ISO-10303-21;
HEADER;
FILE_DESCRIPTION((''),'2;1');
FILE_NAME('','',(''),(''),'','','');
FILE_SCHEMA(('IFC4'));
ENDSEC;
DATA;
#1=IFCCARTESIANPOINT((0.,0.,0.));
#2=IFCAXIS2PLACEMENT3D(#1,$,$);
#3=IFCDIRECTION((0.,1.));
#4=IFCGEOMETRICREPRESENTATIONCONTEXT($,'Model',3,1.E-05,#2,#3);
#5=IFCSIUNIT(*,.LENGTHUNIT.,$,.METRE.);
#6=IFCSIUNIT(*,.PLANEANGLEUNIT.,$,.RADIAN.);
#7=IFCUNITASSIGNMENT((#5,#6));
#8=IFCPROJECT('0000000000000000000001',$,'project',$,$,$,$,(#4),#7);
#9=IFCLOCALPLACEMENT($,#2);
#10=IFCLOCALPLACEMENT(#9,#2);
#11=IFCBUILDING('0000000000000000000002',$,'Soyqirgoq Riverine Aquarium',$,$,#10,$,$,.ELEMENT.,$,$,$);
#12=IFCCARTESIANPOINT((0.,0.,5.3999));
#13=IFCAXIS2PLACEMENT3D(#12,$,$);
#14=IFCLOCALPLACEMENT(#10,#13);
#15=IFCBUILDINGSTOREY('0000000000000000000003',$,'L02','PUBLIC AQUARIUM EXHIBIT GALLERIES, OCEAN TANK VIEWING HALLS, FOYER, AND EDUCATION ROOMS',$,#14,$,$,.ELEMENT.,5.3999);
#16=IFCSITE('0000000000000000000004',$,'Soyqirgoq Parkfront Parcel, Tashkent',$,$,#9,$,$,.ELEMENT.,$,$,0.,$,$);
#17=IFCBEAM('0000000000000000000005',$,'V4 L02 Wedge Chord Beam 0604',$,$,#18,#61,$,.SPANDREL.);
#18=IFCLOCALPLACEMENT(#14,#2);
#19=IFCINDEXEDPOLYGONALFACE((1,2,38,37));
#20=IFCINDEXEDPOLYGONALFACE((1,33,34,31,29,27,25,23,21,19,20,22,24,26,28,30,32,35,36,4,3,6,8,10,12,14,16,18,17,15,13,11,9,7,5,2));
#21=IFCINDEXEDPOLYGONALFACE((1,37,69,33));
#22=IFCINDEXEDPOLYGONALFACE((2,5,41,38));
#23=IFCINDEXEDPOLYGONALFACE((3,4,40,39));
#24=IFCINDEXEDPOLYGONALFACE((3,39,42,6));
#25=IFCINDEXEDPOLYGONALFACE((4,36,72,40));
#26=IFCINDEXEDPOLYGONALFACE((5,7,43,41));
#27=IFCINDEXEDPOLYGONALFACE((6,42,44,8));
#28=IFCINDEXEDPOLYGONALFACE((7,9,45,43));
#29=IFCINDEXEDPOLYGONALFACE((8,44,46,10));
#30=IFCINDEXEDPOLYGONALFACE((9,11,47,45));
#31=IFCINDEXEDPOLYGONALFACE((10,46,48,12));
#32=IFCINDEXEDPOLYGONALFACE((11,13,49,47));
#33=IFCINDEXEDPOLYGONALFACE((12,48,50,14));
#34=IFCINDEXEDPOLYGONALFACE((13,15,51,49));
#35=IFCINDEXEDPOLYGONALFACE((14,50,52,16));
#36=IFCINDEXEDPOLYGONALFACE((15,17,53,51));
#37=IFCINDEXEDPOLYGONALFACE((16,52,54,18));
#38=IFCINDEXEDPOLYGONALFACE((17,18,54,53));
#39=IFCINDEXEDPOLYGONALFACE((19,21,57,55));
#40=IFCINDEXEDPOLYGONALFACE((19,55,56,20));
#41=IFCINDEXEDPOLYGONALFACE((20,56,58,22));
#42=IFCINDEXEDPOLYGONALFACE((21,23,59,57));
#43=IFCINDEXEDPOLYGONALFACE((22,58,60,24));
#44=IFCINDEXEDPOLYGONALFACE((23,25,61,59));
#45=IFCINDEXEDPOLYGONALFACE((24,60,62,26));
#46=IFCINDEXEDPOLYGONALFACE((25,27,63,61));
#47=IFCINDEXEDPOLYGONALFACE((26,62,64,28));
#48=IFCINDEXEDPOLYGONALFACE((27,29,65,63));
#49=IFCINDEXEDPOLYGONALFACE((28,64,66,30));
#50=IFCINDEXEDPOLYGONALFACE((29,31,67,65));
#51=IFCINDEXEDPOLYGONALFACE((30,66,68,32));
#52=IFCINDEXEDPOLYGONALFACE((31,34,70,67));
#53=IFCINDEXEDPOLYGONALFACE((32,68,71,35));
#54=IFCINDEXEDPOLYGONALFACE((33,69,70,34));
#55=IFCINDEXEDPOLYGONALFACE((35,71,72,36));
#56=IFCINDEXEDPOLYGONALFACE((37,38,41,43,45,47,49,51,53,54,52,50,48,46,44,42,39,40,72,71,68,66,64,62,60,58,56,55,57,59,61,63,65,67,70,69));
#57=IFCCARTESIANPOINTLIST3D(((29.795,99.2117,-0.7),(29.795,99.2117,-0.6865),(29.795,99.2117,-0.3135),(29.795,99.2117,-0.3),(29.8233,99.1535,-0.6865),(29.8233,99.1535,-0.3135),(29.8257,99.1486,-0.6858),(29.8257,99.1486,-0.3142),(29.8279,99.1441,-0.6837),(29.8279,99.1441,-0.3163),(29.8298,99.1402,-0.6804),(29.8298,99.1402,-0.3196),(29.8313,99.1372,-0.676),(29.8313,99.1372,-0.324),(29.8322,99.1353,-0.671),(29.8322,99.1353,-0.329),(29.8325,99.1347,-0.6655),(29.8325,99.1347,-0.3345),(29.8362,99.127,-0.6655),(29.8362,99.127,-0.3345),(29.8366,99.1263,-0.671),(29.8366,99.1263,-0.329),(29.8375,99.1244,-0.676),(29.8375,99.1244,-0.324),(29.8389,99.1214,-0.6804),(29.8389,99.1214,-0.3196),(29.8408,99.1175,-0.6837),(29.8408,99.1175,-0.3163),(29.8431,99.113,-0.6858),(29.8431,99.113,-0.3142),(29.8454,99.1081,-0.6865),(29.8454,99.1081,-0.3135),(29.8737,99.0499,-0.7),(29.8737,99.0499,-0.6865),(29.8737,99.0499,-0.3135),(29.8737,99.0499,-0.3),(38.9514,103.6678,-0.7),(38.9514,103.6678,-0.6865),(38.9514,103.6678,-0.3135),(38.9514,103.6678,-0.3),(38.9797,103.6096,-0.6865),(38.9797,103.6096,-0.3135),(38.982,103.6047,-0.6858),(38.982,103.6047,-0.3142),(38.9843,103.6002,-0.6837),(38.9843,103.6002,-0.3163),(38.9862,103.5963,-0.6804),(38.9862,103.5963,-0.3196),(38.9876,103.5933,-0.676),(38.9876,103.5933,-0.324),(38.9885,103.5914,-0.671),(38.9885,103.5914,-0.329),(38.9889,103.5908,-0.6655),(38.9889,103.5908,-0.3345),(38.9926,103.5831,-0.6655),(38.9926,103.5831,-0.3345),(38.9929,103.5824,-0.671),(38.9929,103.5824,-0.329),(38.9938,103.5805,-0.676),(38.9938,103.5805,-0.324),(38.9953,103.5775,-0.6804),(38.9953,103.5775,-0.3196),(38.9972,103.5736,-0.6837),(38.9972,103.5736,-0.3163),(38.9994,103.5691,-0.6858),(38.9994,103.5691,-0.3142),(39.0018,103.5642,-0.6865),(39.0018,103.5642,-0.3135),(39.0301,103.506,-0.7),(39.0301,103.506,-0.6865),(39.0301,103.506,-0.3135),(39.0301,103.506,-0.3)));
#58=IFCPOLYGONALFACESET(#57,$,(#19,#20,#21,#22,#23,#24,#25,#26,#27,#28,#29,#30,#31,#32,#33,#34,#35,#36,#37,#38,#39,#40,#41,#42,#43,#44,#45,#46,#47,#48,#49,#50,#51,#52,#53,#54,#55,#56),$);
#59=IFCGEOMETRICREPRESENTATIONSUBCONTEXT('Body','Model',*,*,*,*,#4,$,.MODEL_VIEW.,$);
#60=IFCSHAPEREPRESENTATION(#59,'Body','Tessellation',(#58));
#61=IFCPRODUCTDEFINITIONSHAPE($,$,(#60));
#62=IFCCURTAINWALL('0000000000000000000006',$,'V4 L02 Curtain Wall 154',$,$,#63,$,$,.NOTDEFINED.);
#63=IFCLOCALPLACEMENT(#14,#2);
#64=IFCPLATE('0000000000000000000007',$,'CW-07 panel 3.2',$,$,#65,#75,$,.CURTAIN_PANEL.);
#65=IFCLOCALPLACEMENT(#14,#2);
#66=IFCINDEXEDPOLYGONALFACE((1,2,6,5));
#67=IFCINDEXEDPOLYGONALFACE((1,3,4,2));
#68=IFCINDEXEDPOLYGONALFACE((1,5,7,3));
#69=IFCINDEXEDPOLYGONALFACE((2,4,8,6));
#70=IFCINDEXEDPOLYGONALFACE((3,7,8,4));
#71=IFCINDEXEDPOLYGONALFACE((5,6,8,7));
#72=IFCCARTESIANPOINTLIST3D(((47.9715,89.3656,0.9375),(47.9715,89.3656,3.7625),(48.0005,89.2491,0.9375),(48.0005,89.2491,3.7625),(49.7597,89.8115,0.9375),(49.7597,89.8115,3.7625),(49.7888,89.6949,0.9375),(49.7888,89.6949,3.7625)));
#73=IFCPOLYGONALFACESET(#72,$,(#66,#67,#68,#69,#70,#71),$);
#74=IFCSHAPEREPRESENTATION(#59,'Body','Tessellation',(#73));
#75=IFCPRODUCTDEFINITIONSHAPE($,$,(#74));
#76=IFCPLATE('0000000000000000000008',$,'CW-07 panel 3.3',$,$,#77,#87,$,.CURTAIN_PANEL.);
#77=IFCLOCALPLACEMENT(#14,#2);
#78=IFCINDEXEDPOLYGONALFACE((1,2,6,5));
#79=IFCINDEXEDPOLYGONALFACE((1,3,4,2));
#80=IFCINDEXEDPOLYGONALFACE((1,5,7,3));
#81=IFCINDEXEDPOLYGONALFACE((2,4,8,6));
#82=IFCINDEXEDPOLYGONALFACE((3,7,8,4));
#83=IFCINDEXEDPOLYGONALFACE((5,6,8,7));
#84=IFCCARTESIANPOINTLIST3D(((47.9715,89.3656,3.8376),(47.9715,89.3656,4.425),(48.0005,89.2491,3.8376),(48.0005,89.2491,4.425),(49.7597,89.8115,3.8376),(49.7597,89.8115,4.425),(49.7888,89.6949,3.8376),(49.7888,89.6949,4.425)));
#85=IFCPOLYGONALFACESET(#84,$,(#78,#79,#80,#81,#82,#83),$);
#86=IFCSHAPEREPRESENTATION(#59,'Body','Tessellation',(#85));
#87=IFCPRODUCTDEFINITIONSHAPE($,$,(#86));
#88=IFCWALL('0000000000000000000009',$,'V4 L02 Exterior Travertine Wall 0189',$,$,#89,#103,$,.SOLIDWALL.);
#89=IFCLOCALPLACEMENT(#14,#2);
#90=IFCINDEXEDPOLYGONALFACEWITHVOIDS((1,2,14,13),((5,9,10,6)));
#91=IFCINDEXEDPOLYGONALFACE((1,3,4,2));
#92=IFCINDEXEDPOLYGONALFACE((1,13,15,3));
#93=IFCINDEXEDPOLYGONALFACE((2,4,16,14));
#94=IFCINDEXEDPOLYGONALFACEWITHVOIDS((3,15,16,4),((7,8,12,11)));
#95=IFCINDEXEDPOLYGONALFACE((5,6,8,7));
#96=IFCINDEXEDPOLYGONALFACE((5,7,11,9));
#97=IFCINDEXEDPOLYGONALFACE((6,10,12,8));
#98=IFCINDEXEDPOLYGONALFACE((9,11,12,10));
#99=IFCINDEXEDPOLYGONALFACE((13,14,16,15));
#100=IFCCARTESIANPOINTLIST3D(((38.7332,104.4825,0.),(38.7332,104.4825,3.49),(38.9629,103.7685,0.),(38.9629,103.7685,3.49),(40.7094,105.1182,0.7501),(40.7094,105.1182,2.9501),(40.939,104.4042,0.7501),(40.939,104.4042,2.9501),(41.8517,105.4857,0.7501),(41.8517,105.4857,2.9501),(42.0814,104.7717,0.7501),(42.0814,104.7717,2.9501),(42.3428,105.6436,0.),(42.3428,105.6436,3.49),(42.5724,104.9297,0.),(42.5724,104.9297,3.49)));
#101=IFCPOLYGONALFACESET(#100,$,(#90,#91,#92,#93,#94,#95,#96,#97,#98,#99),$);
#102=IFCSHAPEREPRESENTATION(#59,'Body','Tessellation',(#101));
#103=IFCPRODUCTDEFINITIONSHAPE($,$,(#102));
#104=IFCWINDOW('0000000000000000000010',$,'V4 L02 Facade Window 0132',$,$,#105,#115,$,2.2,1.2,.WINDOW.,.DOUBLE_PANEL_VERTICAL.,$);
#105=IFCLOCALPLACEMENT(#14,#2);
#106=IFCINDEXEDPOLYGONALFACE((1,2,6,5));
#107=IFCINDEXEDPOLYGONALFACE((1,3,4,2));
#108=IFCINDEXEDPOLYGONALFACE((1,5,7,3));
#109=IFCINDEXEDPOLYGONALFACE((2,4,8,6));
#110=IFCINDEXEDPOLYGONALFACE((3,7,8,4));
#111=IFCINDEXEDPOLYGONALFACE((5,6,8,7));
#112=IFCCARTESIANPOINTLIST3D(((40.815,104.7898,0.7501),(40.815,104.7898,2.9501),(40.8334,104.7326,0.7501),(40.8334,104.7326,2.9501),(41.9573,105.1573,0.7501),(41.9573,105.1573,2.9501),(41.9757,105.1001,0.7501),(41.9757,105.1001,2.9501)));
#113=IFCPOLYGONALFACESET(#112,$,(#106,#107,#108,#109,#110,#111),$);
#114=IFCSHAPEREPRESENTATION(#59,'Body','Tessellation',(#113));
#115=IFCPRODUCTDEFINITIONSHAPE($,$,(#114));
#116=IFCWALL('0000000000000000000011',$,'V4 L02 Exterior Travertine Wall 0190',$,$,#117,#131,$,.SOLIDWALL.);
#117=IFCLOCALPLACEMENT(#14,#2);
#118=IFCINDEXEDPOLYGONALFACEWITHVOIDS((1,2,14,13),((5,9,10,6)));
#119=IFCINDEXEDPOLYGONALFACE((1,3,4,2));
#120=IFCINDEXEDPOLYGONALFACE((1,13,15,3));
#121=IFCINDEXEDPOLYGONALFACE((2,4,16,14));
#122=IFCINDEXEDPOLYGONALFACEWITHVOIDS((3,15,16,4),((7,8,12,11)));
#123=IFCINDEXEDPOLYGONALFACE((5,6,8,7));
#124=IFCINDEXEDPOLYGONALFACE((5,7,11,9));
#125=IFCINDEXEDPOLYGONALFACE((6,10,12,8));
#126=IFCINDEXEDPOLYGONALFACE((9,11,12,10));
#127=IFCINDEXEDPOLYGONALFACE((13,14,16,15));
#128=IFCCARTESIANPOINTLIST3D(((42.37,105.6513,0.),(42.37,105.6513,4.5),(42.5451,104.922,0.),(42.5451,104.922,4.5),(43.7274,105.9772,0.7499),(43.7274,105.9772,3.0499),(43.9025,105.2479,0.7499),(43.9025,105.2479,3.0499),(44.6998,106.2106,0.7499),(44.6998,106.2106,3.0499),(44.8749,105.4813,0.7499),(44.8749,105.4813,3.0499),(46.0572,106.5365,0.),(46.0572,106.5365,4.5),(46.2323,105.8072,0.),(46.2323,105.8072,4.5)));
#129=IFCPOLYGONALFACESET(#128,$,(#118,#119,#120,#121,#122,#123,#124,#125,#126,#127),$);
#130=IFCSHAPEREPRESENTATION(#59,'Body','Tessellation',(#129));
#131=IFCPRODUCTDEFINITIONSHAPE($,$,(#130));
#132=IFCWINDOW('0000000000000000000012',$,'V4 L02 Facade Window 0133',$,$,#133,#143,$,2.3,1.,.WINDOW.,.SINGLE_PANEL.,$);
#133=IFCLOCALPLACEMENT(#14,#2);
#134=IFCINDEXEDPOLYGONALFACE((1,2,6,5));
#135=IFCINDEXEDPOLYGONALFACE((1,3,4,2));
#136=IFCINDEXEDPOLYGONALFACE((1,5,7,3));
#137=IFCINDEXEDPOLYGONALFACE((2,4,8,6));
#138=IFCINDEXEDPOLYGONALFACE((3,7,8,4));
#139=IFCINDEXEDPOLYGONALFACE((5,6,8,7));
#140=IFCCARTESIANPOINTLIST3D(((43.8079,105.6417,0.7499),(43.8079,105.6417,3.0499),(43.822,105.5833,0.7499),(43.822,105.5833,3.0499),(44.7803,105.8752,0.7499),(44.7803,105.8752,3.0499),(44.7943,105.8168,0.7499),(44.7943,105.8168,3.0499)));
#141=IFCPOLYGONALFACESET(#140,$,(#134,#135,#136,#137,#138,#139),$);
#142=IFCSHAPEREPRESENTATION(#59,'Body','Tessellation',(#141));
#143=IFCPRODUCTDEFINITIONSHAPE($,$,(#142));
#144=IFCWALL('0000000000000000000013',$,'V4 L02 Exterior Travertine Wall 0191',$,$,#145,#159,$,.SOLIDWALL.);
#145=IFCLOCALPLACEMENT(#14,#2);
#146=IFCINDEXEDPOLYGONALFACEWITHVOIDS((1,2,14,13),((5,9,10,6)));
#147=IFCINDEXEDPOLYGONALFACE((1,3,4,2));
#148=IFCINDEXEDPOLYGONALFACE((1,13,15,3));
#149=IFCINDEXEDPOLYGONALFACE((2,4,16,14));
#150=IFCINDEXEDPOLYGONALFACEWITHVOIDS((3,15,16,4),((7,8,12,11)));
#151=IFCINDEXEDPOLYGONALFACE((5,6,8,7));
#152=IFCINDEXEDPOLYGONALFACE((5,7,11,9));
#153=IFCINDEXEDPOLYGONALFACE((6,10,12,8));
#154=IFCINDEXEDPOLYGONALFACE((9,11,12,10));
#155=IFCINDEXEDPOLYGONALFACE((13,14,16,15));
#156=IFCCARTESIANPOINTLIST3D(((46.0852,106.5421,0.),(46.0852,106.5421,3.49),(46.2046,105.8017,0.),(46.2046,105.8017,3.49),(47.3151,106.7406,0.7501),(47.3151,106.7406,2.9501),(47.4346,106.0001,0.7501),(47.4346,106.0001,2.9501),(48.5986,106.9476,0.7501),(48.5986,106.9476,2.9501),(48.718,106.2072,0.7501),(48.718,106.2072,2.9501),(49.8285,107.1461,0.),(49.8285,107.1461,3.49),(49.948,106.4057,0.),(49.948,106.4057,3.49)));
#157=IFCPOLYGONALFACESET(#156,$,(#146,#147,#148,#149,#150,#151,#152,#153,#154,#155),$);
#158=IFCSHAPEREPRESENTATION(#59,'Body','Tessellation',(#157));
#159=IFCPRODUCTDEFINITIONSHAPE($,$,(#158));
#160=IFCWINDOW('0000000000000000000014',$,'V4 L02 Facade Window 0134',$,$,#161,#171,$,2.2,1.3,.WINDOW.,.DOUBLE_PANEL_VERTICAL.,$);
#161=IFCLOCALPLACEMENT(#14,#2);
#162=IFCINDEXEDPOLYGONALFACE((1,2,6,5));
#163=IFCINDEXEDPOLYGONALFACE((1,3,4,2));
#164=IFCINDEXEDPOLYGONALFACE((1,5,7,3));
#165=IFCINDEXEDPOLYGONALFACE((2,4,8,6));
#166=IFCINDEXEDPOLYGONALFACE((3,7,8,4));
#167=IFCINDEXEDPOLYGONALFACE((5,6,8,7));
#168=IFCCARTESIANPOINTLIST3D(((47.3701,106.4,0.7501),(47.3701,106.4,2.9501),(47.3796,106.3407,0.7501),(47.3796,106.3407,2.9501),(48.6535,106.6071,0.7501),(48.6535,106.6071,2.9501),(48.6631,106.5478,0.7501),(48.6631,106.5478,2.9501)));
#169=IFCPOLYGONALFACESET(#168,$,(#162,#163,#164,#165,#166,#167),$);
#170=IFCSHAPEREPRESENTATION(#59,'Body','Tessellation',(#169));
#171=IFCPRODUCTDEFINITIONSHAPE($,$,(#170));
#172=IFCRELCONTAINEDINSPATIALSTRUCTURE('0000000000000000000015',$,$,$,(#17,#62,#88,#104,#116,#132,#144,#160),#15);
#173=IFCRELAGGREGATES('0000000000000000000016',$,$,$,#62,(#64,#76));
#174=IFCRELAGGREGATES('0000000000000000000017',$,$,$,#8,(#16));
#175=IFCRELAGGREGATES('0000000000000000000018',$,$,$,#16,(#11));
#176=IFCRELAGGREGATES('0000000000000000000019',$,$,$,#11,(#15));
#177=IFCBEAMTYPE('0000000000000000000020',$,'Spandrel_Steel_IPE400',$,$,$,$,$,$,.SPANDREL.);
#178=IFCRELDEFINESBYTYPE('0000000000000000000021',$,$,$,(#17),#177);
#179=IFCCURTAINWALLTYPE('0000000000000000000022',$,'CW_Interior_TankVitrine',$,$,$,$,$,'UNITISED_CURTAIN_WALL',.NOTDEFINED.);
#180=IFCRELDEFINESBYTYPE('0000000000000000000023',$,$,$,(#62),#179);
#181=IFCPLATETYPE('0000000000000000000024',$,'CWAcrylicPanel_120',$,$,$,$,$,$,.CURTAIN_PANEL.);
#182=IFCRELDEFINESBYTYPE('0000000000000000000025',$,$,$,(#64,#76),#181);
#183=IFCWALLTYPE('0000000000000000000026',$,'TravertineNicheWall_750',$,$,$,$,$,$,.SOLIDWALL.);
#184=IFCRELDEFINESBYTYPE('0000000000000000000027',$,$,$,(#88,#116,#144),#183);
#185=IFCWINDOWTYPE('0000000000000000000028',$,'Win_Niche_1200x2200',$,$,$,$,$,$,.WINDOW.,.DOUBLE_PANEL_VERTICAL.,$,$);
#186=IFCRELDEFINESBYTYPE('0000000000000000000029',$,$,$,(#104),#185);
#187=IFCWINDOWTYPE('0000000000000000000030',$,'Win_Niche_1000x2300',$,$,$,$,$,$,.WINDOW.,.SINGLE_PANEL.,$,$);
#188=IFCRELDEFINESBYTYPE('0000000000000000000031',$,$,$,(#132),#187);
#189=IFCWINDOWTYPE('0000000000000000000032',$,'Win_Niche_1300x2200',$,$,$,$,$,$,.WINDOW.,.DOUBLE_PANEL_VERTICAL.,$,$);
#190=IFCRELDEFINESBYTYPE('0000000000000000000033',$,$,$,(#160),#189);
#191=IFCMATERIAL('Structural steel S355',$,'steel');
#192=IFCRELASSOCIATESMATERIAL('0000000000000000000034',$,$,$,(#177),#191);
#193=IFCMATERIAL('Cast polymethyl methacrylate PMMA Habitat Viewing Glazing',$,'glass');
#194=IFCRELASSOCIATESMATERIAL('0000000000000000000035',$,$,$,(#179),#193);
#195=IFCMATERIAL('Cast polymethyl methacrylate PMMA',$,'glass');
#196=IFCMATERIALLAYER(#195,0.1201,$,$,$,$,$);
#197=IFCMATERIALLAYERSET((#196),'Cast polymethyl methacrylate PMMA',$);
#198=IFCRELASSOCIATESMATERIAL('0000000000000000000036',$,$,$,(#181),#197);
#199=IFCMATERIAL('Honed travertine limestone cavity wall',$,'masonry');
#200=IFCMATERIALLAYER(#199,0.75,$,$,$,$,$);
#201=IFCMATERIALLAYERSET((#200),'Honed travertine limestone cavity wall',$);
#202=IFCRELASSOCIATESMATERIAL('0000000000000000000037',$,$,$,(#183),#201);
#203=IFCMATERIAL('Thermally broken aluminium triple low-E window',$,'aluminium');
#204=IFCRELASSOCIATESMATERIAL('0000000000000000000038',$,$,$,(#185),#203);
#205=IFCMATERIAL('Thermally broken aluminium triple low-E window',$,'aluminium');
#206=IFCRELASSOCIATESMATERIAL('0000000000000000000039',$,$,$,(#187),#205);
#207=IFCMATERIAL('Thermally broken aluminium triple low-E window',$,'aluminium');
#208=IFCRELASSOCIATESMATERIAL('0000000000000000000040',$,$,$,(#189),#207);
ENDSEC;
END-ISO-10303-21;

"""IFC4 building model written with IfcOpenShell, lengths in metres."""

from ifc_helpers import new_model, si_unit, direction, frame, frame_2d, origin, origin_2d, place, context, subcontext, project, spatial, rectangle, i_section, extrude, material, layer, layer_set, material_profile, profile_set, type_object, element, fill, aggregate, save


model = new_model("IFC4")

# Units and contexts
model_context = context("Model", 3, precision=1e-05, world=origin(), true_north=direction((0.0, 1.0)))
body_context = subcontext(model_context, "Body", "Model", "MODEL_VIEW")
ifc_project = project(units=[si_unit("LENGTHUNIT", "METRE"), si_unit("PLANEANGLEUNIT", "RADIAN")], contexts=[model_context])

# Site, building, storey
site_placement = place(None, origin())
site = spatial("IfcSite", under=ifc_project, at=site_placement, Name="Soyqirgoq Parkfront Parcel, Tashkent", CompositionType="ELEMENT", RefElevation=0.0)
building_placement = place(site_placement, origin())
building = spatial("IfcBuilding", under=site, at=building_placement, Name="Soyqirgoq Riverine Aquarium", CompositionType="ELEMENT")
storey_placement = place(building_placement, frame((0.0, 0.0, 5.3999)))
storey = spatial("IfcBuildingStorey", under=building, at=storey_placement, Name="L02", Description="PUBLIC AQUARIUM EXHIBIT GALLERIES, OCEAN TANK VIEWING HALLS, FOYER, AND EDUCATION ROOMS", CompositionType="ELEMENT", Elevation=5.3999)

# Beam
ifc_material_1 = material(Name="Structural steel S355", Category="steel")
ifc_material_profile_1 = material_profile(ifc_material_1, i_section(OverallWidth=0.1799, OverallDepth=0.3999, WebThickness=0.0085, FlangeThickness=0.0134, FilletRadius=0.021, at=origin_2d()), Name="IPE 400")
ifc_profile_set_1 = profile_set([ifc_material_profile_1], Name="Structural steel S355")
beam_type_1 = type_object("IfcBeamType", Name="Spandrel_Steel_IPE400", PredefinedType="SPANDREL", material=ifc_profile_set_1)
beam_1_placement = place(storey_placement, frame((38.9907, 103.5869, -0.5), z_axis=(-0.899171, -0.437598, 0.0), x_axis=(0.437598, -0.899171, 0.0)))
element("IfcBeam", 1, at=beam_1_placement, inside=storey, type_object=beam_type_1, Name="V4 L02 Wedge Chord Beam 0604", PredefinedType="SPANDREL", context=body_context, shape_type="SweptSolid", body=[
    extrude(i_section(OverallWidth=0.1799, OverallDepth=0.3999, WebThickness=0.0085, FlangeThickness=0.0134, FilletRadius=0.021, at=origin_2d()), origin(), (0.0, 0.0, 1.0), 10.1831),
])

# Curtain wall, plates
ifc_material_2 = material(Name="Cast polymethyl methacrylate PMMA Habitat Viewing Glazing", Category="glass")
curtain_wall_type = type_object("IfcCurtainWallType", Name="CW_Interior_TankVitrine", ElementType="UNITISED_CURTAIN_WALL", PredefinedType="NOTDEFINED", material=ifc_material_2)
curtain_wall_placement = place(storey_placement, origin())
curtain_wall = element("IfcCurtainWall", 2, at=curtain_wall_placement, inside=storey, type_object=curtain_wall_type, Name="V4 L02 Curtain Wall 154", PredefinedType="NOTDEFINED")
ifc_material_3 = material(Name="Cast polymethyl methacrylate PMMA", Category="glass")
ifc_layer_1 = layer(ifc_material_3, 0.1201)
ifc_layer_set_1 = layer_set([ifc_layer_1], Name="Cast polymethyl methacrylate PMMA")
plate_type = type_object("IfcPlateType", Name="CWAcrylicPanel_120", PredefinedType="CURTAIN_PANEL", material=ifc_layer_set_1)
plate_1_placement = place(storey_placement, frame((48.8801, 89.5303, 0.9375), z_axis=(0.0, 0.0, 1.0), x_axis=(-0.970295, -0.241926, 0.0)))
plate_1 = element("IfcPlate", 3, at=plate_1_placement, type_object=plate_type, Name="CW-07 panel 3.2", PredefinedType="CURTAIN_PANEL", context=body_context, shape_type="SweptSolid", body=[
    extrude(rectangle(XDim=1.843, YDim=0.1201, at=origin_2d()), origin(), (0.0, 0.0, 1.0), 2.825),
])
plate_2_placement = place(storey_placement, frame((48.8801, 89.5303, 3.8376), z_axis=(0.0, 0.0, 1.0), x_axis=(-0.970295, -0.241926, 0.0)))
plate_2 = element("IfcPlate", 4, at=plate_2_placement, type_object=plate_type, Name="CW-07 panel 3.3", PredefinedType="CURTAIN_PANEL", context=body_context, shape_type="SweptSolid", body=[
    extrude(rectangle(XDim=1.843, YDim=0.1201, at=origin_2d()), origin(), (0.0, 0.0, 1.0), 0.5874),
])
aggregate(curtain_wall, [plate_1, plate_2])

# Walls, openings, windows
ifc_material_4 = material(Name="Honed travertine limestone cavity wall", Category="masonry")
ifc_layer_2 = layer(ifc_material_4, 0.75)
ifc_layer_set_2 = layer_set([ifc_layer_2], Name="Honed travertine limestone cavity wall")
wall_type = type_object("IfcWallType", Name="TravertineNicheWall_750", PredefinedType="SOLIDWALL", material=ifc_layer_set_2)
wall_1_placement = place(storey_placement, frame((38.8479, 104.1255, 0.0), z_axis=(0.0, 0.0, 1.0), x_axis=(0.95196, 0.306224, 0.0)))
wall_1 = element("IfcWall", 5, at=wall_1_placement, inside=storey, type_object=wall_type, Name="V4 L02 Exterior Travertine Wall 0189", PredefinedType="SOLIDWALL", context=body_context, shape_type="SweptSolid", body=[
    extrude(rectangle(XDim=3.7917, YDim=0.75, at=frame_2d((1.896, 0.0))), origin(), (0.0, 0.0, 1.0), 3.49),
])
opening_1_placement = place(wall_1_placement, frame((2.0759, 0.0, 0.75)))
opening_1 = element("IfcOpeningElement", 6, at=opening_1_placement, cuts=wall_1, PredefinedType="OPENING", context=body_context, shape_type="SweptSolid", body=[
    extrude(rectangle(XDim=1.2, YDim=2.2, at=frame_2d((0.6001, 1.1001))), frame((0.0, 0.385, 0.0), z_axis=(0.0, -1.0, 0.0), x_axis=(1.0, 0.0, 0.0)), (0.0, 0.0, 1.0), 0.77),
])
ifc_material_5 = material(Name="Thermally broken aluminium triple low-E window", Category="aluminium")
window_type_1 = type_object("IfcWindowType", Name="Win_Niche_1200x2200", PartitioningType="DOUBLE_PANEL_VERTICAL", PredefinedType="WINDOW", material=ifc_material_5)
window_1_placement = place(opening_1_placement, origin())
window_1 = element("IfcWindow", 7, at=window_1_placement, inside=storey, type_object=window_type_1, Name="V4 L02 Facade Window 0132", OverallHeight=2.2, OverallWidth=1.2, PartitioningType="DOUBLE_PANEL_VERTICAL", PredefinedType="WINDOW", context=body_context, shape_type="SweptSolid", body=[
    extrude(rectangle(XDim=1.2, YDim=2.2, at=frame_2d((0.6001, 1.1001))), frame((0.0, 0.03, 0.0), z_axis=(0.0, -1.0, 0.0), x_axis=(1.0, 0.0, 0.0)), (0.0, 0.0, 1.0), 0.0601),
])
fill(opening_1, window_1)
wall_2_placement = place(storey_placement, frame((42.4575, 105.2866, 0.0), z_axis=(0.0, 0.0, 1.0), x_axis=(0.972369, 0.233451, 0.0)))
wall_2 = element("IfcWall", 8, at=wall_2_placement, inside=storey, type_object=wall_type, Name="V4 L02 Exterior Travertine Wall 0190", PredefinedType="SOLIDWALL", context=body_context, shape_type="SweptSolid", body=[
    extrude(rectangle(XDim=3.792, YDim=0.75, at=frame_2d((1.896, 0.0))), origin(), (0.0, 0.0, 1.0), 4.5),
])
opening_2_placement = place(wall_2_placement, frame((1.396, 0.0, 0.75)))
opening_2 = element("IfcOpeningElement", 9, at=opening_2_placement, cuts=wall_2, PredefinedType="OPENING", context=body_context, shape_type="SweptSolid", body=[
    extrude(rectangle(XDim=1.0, YDim=2.3, at=frame_2d((0.5, 1.1499))), frame((0.0, 0.385, 0.0), z_axis=(0.0, -1.0, 0.0), x_axis=(1.0, 0.0, 0.0)), (0.0, 0.0, 1.0), 0.77),
])
ifc_material_6 = material(Name="Thermally broken aluminium triple low-E window", Category="aluminium")
window_type_2 = type_object("IfcWindowType", Name="Win_Niche_1000x2300", PartitioningType="SINGLE_PANEL", PredefinedType="WINDOW", material=ifc_material_6)
window_2_placement = place(opening_2_placement, origin())
window_2 = element("IfcWindow", 10, at=window_2_placement, inside=storey, type_object=window_type_2, Name="V4 L02 Facade Window 0133", OverallHeight=2.3, OverallWidth=1.0, PartitioningType="SINGLE_PANEL", PredefinedType="WINDOW", context=body_context, shape_type="SweptSolid", body=[
    extrude(rectangle(XDim=1.0, YDim=2.3, at=frame_2d((0.5, 1.1499))), frame((0.0, 0.03, 0.0), z_axis=(0.0, -1.0, 0.0), x_axis=(1.0, 0.0, 0.0)), (0.0, 0.0, 1.0), 0.0601),
])
fill(opening_2, window_2)
wall_3_placement = place(storey_placement, frame((46.1448, 106.1719, 0.0), z_axis=(0.0, 0.0, 1.0), x_axis=(0.987232, 0.159291, 0.0)))
wall_3 = element("IfcWall", 11, at=wall_3_placement, inside=storey, type_object=wall_type, Name="V4 L02 Exterior Travertine Wall 0191", PredefinedType="SOLIDWALL", context=body_context, shape_type="SweptSolid", body=[
    extrude(rectangle(XDim=3.7917, YDim=0.75, at=frame_2d((1.896, 0.0))), origin(), (0.0, 0.0, 1.0), 3.49),
])
opening_3_placement = place(wall_3_placement, frame((1.2461, 0.0, 0.75)))
opening_3 = element("IfcOpeningElement", 12, at=opening_3_placement, cuts=wall_3, PredefinedType="OPENING", context=body_context, shape_type="SweptSolid", body=[
    extrude(rectangle(XDim=1.3, YDim=2.2, at=frame_2d((0.6499, 1.1001))), frame((0.0, 0.385, 0.0), z_axis=(0.0, -1.0, 0.0), x_axis=(1.0, 0.0, 0.0)), (0.0, 0.0, 1.0), 0.77),
])
ifc_material_7 = material(Name="Thermally broken aluminium triple low-E window", Category="aluminium")
window_type_3 = type_object("IfcWindowType", Name="Win_Niche_1300x2200", PartitioningType="DOUBLE_PANEL_VERTICAL", PredefinedType="WINDOW", material=ifc_material_7)
window_3_placement = place(opening_3_placement, origin())
window_3 = element("IfcWindow", 13, at=window_3_placement, inside=storey, type_object=window_type_3, Name="V4 L02 Facade Window 0134", OverallHeight=2.2, OverallWidth=1.3, PartitioningType="DOUBLE_PANEL_VERTICAL", PredefinedType="WINDOW", context=body_context, shape_type="SweptSolid", body=[
    extrude(rectangle(XDim=1.3, YDim=2.2, at=frame_2d((0.6499, 1.1001))), frame((0.0, 0.03, 0.0), z_axis=(0.0, -1.0, 0.0), x_axis=(1.0, 0.0, 0.0)), (0.0, 0.0, 1.0), 0.0601),
])
fill(opening_3, window_3)

save(model, "model.ifc")
